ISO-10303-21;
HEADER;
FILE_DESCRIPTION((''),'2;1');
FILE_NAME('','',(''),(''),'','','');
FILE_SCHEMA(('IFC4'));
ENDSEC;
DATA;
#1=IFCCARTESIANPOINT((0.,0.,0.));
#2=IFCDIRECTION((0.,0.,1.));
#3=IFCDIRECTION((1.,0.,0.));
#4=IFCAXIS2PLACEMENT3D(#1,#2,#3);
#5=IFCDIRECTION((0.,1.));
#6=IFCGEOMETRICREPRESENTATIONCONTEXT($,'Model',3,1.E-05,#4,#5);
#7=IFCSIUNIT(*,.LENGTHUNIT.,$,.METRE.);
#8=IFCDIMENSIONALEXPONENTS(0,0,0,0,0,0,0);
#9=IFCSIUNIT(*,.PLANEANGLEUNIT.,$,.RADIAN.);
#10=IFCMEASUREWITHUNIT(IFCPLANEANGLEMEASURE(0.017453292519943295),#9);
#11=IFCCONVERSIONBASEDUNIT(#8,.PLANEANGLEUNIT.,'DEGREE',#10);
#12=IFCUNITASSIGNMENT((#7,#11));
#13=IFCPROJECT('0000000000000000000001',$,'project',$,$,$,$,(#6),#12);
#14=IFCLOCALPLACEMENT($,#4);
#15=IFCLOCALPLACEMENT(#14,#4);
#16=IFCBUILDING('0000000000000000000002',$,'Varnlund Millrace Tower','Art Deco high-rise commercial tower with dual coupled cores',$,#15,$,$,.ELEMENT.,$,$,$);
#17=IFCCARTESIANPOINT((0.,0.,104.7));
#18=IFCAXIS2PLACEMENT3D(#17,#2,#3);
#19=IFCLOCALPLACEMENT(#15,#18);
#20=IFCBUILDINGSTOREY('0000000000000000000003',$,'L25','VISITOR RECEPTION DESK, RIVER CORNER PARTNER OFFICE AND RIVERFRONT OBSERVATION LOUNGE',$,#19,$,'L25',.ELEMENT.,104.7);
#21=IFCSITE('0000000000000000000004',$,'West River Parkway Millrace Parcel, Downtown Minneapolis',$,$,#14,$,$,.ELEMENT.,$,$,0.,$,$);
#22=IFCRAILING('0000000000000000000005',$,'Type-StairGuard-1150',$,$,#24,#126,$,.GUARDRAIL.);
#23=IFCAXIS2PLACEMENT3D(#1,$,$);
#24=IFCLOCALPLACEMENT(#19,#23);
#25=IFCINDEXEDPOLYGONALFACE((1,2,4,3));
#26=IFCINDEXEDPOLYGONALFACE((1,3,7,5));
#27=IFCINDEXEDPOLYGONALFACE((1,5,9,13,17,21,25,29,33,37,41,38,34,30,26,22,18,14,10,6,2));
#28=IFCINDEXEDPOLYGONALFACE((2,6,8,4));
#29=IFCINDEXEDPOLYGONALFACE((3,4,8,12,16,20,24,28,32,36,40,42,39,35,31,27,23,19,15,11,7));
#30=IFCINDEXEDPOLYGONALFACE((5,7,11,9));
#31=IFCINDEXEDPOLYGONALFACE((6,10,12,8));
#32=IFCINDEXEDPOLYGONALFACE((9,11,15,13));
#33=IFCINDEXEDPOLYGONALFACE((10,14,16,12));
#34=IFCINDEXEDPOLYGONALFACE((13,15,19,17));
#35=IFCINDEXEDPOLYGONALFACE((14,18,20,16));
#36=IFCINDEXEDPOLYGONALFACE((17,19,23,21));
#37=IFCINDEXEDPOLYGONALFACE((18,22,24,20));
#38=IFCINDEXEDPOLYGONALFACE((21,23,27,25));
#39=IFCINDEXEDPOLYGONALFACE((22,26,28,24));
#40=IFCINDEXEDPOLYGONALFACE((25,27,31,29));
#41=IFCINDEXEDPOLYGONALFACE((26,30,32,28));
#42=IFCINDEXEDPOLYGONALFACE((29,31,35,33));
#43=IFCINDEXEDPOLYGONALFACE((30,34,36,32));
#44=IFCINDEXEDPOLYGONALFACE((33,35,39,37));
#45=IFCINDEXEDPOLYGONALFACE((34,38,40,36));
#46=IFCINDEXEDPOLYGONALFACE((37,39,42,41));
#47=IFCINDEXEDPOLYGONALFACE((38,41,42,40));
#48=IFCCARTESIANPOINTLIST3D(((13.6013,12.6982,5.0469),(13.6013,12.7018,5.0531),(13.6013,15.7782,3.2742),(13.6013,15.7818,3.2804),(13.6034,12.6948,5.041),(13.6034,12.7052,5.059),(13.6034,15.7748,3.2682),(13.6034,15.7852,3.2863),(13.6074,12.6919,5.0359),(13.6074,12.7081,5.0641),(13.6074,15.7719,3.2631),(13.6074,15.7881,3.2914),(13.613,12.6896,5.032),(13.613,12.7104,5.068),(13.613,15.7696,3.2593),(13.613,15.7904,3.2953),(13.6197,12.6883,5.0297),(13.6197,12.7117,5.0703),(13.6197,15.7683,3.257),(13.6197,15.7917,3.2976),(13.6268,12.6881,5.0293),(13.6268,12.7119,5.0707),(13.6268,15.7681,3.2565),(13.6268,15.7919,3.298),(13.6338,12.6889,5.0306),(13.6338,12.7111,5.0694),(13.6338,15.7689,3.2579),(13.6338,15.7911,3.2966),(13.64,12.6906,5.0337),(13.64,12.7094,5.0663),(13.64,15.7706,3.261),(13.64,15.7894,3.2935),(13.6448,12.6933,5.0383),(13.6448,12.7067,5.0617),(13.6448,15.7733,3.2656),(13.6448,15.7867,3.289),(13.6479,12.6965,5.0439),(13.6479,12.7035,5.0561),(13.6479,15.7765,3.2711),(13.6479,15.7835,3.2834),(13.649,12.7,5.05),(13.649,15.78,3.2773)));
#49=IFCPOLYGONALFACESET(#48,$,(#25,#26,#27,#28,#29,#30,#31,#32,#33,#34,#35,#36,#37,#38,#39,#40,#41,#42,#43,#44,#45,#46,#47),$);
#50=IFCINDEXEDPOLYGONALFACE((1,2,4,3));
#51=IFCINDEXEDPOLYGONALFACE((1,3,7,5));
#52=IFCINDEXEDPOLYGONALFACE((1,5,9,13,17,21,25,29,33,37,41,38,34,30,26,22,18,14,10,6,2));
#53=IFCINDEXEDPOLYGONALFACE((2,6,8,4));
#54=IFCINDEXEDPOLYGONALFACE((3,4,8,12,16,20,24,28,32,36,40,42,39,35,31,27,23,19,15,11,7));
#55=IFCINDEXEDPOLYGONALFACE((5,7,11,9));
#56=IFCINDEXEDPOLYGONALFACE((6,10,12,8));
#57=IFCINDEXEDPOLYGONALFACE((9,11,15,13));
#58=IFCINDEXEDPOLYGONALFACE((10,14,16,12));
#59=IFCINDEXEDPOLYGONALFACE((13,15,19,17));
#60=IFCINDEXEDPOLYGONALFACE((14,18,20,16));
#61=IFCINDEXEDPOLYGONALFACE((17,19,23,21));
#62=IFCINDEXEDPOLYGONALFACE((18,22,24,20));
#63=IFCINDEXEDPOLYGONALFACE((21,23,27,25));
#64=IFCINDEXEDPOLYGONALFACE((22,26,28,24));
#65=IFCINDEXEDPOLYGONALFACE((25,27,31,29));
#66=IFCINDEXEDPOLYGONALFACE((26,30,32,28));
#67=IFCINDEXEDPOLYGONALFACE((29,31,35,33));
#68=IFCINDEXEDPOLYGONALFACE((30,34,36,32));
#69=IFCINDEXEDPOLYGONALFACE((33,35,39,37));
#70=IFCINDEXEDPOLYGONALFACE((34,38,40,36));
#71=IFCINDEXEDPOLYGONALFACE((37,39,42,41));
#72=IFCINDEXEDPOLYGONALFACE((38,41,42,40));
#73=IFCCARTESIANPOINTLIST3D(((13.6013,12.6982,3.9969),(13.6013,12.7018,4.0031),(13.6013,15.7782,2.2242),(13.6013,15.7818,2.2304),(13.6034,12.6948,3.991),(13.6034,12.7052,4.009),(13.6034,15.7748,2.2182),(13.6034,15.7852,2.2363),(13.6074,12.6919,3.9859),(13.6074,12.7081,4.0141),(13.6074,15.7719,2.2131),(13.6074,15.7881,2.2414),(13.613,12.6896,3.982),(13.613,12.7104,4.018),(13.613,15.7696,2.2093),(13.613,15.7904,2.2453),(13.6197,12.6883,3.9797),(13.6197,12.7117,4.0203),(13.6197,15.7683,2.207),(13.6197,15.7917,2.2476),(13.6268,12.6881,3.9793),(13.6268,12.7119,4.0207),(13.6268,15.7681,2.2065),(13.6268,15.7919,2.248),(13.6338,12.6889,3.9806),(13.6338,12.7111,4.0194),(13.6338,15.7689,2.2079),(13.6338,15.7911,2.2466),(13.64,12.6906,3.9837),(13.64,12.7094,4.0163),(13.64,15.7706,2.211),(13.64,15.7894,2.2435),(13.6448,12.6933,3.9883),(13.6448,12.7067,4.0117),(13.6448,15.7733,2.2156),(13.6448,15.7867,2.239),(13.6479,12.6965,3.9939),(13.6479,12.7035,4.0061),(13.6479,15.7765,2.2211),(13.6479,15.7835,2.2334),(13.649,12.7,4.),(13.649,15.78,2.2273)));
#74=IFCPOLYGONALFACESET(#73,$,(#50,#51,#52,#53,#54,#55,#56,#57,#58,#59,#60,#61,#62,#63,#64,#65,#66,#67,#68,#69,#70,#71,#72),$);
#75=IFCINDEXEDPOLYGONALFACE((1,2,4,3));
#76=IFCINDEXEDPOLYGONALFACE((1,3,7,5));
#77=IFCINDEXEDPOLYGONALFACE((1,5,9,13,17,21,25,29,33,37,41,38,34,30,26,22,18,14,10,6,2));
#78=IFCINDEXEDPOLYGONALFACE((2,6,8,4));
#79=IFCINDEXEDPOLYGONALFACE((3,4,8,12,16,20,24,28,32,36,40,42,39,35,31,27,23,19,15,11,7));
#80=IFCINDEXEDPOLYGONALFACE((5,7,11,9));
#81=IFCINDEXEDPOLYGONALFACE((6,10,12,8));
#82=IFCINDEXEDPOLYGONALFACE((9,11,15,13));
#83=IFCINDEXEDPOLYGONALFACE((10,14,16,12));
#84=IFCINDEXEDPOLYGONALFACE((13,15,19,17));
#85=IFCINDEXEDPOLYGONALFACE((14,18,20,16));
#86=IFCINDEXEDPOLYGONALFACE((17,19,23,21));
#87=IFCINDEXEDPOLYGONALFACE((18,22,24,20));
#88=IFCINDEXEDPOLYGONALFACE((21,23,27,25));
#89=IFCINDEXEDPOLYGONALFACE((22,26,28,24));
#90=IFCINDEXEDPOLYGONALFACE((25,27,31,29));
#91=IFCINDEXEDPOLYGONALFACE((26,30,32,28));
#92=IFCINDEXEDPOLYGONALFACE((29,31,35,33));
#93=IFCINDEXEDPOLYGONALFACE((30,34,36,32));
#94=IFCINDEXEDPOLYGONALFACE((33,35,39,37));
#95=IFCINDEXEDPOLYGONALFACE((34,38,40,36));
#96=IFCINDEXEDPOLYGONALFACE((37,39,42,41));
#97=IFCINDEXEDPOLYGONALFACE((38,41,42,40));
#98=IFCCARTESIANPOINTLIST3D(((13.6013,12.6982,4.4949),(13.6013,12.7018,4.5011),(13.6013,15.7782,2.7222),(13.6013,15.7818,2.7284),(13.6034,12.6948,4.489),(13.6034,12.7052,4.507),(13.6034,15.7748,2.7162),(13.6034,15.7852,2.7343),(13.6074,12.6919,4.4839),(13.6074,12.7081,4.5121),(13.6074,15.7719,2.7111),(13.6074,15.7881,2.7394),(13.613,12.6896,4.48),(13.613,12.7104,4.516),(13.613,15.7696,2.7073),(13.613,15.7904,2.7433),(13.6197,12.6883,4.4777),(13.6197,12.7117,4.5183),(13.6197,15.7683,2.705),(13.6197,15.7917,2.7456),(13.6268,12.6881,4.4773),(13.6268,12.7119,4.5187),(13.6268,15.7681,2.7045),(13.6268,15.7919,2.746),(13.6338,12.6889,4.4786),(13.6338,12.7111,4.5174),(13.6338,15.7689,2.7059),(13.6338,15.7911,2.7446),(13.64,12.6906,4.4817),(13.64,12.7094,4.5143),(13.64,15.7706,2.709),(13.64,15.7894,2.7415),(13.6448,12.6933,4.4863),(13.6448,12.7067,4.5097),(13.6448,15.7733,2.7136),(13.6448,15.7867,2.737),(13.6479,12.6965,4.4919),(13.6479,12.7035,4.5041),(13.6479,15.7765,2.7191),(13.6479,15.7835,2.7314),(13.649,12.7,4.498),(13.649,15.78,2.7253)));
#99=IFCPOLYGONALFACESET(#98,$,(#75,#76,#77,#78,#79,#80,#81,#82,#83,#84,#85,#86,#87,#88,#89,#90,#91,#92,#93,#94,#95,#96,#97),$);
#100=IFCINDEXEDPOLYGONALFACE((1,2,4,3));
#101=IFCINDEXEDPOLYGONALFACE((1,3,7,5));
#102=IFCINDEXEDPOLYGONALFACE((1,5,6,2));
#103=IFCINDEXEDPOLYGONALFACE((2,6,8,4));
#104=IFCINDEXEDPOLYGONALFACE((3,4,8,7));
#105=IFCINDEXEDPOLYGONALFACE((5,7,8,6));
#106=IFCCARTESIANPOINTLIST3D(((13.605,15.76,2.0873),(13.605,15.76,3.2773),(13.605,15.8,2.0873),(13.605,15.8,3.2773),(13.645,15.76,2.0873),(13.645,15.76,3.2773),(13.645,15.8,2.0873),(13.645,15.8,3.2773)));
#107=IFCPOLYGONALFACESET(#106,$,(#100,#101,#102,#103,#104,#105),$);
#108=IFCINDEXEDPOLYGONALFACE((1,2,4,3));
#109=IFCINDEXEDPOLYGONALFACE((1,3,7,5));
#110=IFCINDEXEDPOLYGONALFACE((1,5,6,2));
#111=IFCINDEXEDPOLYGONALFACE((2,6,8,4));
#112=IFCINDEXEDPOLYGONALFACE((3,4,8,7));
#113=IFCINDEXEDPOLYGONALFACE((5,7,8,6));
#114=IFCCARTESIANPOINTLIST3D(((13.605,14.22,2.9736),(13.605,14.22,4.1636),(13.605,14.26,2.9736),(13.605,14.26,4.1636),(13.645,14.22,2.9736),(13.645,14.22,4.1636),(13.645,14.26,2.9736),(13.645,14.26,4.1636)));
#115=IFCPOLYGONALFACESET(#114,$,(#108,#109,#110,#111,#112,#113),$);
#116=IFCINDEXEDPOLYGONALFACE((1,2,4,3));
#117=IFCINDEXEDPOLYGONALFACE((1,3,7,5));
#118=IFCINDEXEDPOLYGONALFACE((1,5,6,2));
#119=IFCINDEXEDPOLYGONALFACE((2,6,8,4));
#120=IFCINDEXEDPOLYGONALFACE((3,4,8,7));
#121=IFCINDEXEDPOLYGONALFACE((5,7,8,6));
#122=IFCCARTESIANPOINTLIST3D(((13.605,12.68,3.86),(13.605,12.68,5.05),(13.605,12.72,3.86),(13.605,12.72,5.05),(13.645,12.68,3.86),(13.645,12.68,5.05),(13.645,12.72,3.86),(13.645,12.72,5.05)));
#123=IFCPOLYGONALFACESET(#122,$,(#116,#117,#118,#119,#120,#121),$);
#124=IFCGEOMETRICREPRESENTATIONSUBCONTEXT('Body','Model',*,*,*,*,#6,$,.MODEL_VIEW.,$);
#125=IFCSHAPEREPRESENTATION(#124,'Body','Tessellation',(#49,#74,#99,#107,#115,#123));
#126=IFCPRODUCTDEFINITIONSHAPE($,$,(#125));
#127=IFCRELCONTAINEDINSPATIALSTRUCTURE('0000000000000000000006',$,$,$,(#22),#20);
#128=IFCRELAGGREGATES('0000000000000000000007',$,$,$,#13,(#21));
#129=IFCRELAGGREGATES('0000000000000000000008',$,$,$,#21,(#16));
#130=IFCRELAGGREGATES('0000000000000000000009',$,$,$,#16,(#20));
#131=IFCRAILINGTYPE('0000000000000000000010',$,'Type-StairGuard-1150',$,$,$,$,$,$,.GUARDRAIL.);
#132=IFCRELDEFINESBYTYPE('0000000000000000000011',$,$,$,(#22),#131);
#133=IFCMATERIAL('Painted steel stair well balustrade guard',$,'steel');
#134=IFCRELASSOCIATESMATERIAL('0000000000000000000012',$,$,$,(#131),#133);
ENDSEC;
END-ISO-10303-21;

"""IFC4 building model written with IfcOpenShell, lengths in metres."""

from ifc_helpers import new_model, entity, si_unit, converted_unit, direction, frame, origin_with_axes, origin_2d_with_axis, place, context, subcontext, project, spatial, rectangle, circle, extrude, material, type_object, element, save


model = new_model("IFC4")

# Units and contexts
model_context = context("Model", 3, precision=1e-05, world=origin_with_axes(), true_north=direction((0.0, 1.0)))
body_context = subcontext(model_context, "Body", "Model", "MODEL_VIEW")
ifc_project = project(units=[si_unit("LENGTHUNIT", "METRE"), converted_unit("PLANEANGLEUNIT", "DEGREE", entity("IfcPlaneAngleMeasure", 0.017453292519943295), si_unit("PLANEANGLEUNIT", "RADIAN"), dimensions=[0, 0, 0, 0, 0, 0, 0])], contexts=[model_context])

# Site, building, storey
site_placement = place(None, origin_with_axes())
site = spatial("IfcSite", under=ifc_project, at=site_placement, Name="West River Parkway Millrace Parcel, Downtown Minneapolis", CompositionType="ELEMENT", RefElevation=0.0)
building_placement = place(site_placement, origin_with_axes())
building = spatial("IfcBuilding", under=site, at=building_placement, Name="Varnlund Millrace Tower", Description="Art Deco high-rise commercial tower with dual coupled cores", CompositionType="ELEMENT")
storey_placement = place(building_placement, frame((0.0, 0.0, 104.7), z_axis=(0.0, 0.0, 1.0), x_axis=(1.0, 0.0, 0.0)))
storey = spatial("IfcBuildingStorey", under=building, at=storey_placement, Name="L25", Description="VISITOR RECEPTION DESK, RIVER CORNER PARTNER OFFICE AND RIVERFRONT OBSERVATION LOUNGE", LongName="L25", CompositionType="ELEMENT", Elevation=104.7)

# Railing
ifc_material_1 = material(Name="Painted steel stair well balustrade guard", Category="steel")
railing_type_1 = type_object("IfcRailingType", Name="Type-StairGuard-1150", PredefinedType="GUARDRAIL", material=ifc_material_1)
railing_1_placement = place(storey_placement, frame((0.0, 0.0, -104.7), z_axis=(0.0, 0.0, 1.0), x_axis=(1.0, 0.0, 0.0)))
element("IfcRailing", 1, at=railing_1_placement, inside=storey, type_object=railing_type_1, Name="Type-StairGuard-1150", PredefinedType="GUARDRAIL", context=body_context, shape_type="SweptSolid", body=[
    extrude(circle(Radius=0.024, at=origin_2d_with_axis()), frame((13.625, 15.78, 107.9773), z_axis=(0.0, -0.866696, 0.498836), x_axis=(1.0, 0.0, 0.0)), (0.0, 0.0, 1.0), 3.5537),
    extrude(circle(Radius=0.024, at=origin_2d_with_axis()), frame((13.625, 15.78, 106.9273), z_axis=(0.0, -0.866696, 0.498836), x_axis=(1.0, 0.0, 0.0)), (0.0, 0.0, 1.0), 3.5537),
    extrude(circle(Radius=0.024, at=origin_2d_with_axis()), frame((13.625, 15.78, 107.4253), z_axis=(0.0, -0.866696, 0.498836), x_axis=(1.0, 0.0, 0.0)), (0.0, 0.0, 1.0), 3.5537),
    extrude(rectangle(XDim=0.04, YDim=0.04, at=origin_2d_with_axis()), frame((13.625, 15.78, 106.7873), z_axis=(0.0, 0.0, 1.0), x_axis=(1.0, 0.0, 0.0)), (0.0, 0.0, 1.0), 1.19),
    extrude(rectangle(XDim=0.04, YDim=0.04, at=origin_2d_with_axis()), frame((13.625, 14.24, 107.6736), z_axis=(0.0, 0.0, 1.0), x_axis=(1.0, 0.0, 0.0)), (0.0, 0.0, 1.0), 1.19),
    extrude(rectangle(XDim=0.04, YDim=0.04, at=origin_2d_with_axis()), frame((13.625, 12.7, 108.56), z_axis=(0.0, 0.0, 1.0), x_axis=(1.0, 0.0, 0.0)), (0.0, 0.0, 1.0), 1.19),
])

save(model, "model.ifc")
